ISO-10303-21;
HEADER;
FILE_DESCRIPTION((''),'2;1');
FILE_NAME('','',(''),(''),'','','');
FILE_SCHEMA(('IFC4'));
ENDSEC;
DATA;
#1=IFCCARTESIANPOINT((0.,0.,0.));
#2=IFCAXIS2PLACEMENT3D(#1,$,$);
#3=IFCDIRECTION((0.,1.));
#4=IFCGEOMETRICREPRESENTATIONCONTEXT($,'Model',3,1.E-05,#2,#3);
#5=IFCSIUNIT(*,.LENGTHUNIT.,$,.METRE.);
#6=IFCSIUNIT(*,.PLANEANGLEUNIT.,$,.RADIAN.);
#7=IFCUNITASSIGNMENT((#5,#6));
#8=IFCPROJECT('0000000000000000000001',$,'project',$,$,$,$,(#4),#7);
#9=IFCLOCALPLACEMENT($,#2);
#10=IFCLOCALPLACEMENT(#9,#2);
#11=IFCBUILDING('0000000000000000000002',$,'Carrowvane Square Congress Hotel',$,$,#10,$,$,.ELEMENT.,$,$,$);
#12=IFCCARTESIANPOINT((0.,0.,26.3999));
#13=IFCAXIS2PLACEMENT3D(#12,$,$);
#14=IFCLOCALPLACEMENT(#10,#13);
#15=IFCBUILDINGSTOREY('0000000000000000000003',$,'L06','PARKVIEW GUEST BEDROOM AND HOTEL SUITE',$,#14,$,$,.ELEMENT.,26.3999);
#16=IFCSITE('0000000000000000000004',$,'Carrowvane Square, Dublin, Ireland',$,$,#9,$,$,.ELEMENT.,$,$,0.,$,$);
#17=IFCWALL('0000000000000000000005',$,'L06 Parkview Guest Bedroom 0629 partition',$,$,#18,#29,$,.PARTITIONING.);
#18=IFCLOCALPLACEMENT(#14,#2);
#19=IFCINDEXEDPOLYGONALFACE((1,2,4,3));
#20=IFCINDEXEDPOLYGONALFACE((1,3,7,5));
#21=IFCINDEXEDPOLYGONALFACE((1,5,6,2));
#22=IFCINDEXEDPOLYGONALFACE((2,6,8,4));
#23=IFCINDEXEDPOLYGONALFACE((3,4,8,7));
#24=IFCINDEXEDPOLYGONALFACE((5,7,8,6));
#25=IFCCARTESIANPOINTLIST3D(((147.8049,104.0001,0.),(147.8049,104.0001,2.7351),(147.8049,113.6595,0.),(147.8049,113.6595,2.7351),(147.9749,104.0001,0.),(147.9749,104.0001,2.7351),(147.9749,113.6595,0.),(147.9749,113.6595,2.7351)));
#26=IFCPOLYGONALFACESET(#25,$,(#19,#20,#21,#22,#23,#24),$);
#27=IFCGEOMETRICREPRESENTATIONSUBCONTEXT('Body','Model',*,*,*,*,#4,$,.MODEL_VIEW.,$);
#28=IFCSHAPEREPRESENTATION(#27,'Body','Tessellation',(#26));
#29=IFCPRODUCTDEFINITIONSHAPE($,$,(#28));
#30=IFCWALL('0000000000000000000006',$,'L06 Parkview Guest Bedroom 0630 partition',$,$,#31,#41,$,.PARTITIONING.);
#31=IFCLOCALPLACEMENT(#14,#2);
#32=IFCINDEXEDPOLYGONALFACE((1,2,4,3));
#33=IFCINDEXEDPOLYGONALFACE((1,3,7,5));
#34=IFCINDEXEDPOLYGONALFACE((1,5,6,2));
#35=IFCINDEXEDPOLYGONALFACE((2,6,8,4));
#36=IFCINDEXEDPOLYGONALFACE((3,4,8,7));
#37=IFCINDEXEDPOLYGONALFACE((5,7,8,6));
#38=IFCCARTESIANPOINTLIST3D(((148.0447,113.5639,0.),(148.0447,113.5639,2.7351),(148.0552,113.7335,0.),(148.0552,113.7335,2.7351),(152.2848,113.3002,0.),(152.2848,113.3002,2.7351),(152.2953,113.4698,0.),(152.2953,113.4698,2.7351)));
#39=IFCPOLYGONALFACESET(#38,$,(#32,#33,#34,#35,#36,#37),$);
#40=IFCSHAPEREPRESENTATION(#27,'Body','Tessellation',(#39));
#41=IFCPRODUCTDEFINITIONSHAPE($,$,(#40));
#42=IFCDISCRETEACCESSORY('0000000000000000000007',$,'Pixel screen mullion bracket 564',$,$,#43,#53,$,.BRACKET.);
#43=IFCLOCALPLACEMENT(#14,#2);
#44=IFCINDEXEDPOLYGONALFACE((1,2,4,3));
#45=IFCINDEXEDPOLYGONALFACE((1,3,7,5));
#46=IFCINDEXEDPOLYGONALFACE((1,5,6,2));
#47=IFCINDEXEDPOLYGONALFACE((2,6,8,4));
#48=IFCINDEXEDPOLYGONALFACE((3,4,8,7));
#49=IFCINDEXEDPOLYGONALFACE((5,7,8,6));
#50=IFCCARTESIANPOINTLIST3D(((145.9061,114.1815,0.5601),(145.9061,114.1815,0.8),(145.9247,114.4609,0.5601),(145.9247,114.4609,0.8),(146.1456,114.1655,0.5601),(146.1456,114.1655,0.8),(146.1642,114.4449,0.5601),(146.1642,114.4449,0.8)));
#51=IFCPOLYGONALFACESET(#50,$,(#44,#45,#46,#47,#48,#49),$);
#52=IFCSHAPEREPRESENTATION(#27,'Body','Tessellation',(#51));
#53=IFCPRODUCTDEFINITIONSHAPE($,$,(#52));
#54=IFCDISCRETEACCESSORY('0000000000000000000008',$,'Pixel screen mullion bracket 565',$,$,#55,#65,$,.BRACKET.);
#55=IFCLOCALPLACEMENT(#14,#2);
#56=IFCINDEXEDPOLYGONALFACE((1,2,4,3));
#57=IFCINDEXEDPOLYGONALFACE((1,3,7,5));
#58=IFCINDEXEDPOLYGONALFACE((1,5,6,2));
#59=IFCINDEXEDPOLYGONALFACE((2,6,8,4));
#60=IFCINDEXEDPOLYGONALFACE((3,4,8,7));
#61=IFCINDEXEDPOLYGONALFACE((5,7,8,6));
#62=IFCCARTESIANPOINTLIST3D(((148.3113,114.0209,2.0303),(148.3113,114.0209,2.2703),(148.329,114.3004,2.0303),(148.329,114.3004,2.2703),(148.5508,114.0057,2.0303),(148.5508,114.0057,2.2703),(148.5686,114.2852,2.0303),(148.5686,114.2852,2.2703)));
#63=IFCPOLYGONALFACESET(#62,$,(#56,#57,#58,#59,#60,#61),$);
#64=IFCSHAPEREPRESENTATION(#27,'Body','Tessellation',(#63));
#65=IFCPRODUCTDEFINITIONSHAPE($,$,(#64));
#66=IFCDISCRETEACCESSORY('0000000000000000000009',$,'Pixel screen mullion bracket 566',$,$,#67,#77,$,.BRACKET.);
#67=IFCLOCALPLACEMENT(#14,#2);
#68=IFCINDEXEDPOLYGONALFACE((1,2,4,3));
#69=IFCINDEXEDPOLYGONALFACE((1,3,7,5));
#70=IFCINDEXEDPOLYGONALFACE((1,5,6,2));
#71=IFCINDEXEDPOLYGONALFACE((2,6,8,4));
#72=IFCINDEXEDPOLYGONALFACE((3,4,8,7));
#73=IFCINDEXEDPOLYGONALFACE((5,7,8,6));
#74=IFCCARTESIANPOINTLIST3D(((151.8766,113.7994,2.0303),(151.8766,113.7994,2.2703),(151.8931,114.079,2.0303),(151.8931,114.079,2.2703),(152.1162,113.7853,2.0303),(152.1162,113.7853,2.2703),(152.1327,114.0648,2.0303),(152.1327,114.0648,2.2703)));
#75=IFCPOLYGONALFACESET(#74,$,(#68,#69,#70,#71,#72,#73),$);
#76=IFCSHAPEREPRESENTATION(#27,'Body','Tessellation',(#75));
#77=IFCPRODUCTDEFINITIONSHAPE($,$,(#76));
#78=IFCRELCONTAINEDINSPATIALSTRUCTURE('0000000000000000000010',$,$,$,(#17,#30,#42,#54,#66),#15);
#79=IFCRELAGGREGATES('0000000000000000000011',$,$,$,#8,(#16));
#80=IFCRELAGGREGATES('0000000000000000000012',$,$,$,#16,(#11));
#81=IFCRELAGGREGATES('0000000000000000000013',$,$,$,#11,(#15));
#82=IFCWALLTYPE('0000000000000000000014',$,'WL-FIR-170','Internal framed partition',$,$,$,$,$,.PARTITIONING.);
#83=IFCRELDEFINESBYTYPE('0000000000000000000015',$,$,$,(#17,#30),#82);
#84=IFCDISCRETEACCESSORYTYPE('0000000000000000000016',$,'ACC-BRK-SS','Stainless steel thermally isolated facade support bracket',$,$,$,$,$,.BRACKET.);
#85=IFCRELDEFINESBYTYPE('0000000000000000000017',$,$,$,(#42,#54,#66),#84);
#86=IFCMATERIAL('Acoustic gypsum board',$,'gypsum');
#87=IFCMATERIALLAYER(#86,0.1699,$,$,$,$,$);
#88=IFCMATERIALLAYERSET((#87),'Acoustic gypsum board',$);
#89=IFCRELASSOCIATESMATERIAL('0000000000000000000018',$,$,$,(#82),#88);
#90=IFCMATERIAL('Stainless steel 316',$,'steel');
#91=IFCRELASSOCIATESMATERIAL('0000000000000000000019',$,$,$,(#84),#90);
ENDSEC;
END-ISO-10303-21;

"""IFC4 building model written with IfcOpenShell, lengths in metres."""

from ifc_helpers import new_model, si_unit, direction, frame, frame_2d, origin, origin_2d, place, context, subcontext, project, spatial, rectangle, extrude, material, layer, layer_set, type_object, element, save


model = new_model("IFC4")

# Units and contexts
model_context = context("Model", 3, precision=1e-05, world=origin(), true_north=direction((0.0, 1.0)))
body_context = subcontext(model_context, "Body", "Model", "MODEL_VIEW")
ifc_project = project(units=[si_unit("LENGTHUNIT", "METRE"), si_unit("PLANEANGLEUNIT", "RADIAN")], contexts=[model_context])

# Site, building, storey
site_placement = place(None, origin())
site = spatial("IfcSite", under=ifc_project, at=site_placement, Name="Carrowvane Square, Dublin, Ireland", CompositionType="ELEMENT", RefElevation=0.0)
building_placement = place(site_placement, origin())
building = spatial("IfcBuilding", under=site, at=building_placement, Name="Carrowvane Square Congress Hotel", CompositionType="ELEMENT")
storey_placement = place(building_placement, frame((0.0, 0.0, 26.3999)))
storey = spatial("IfcBuildingStorey", under=building, at=storey_placement, Name="L06", Description="PARKVIEW GUEST BEDROOM AND HOTEL SUITE", CompositionType="ELEMENT", Elevation=26.3999)

# Walls
ifc_material_1 = material(Name="Acoustic gypsum board", Category="gypsum")
ifc_layer_1 = layer(ifc_material_1, 0.1699)
ifc_layer_set_1 = layer_set([ifc_layer_1], Name="Acoustic gypsum board")
wall_type_1 = type_object("IfcWallType", Name="WL-FIR-170", Description="Internal framed partition", PredefinedType="PARTITIONING", material=ifc_layer_set_1)
wall_1_placement = place(storey_placement, frame((147.8899, 113.6594, 0.0), z_axis=(0.0, 0.0, 1.0), x_axis=(0.0, -1.0, 0.0)))
element("IfcWall", 1, at=wall_1_placement, inside=storey, type_object=wall_type_1, Name="L06 Parkview Guest Bedroom 0629 partition", PredefinedType="PARTITIONING", context=body_context, shape_type="SweptSolid", body=[
    extrude(rectangle(XDim=9.6594, YDim=0.1699, at=frame_2d((4.8296, 0.0))), origin(), (0.0, 0.0, 1.0), 2.7351),
])
wall_2_placement = place(storey_placement, frame((148.05, 113.6487, 0.0), z_axis=(0.0, 0.0, 1.0), x_axis=(0.998072, -0.062067, 0.0)))
element("IfcWall", 2, at=wall_2_placement, inside=storey, type_object=wall_type_1, Name="L06 Parkview Guest Bedroom 0630 partition", PredefinedType="PARTITIONING", context=body_context, shape_type="SweptSolid", body=[
    extrude(rectangle(XDim=4.2483, YDim=0.1699, at=frame_2d((2.124, 0.0))), origin(), (0.0, 0.0, 1.0), 2.7351),
])

# Discrete accessories
ifc_material_2 = material(Name="Stainless steel 316", Category="steel")
discrete_accessory_type = type_object("IfcDiscreteAccessoryType", Name="ACC-BRK-SS", Description="Stainless steel thermally isolated facade support bracket", PredefinedType="BRACKET", material=ifc_material_2)
for number, where, z_axis, x_axis, name in (
    (3, (146.0352, 114.3132, 0.5601), (0.0, 0.0, 1.0), (0.997781, -0.066574, 0.0), "Pixel screen mullion bracket 564"),
    (4, (148.4399, 114.1531, 2.0303), (0.0, 0.0, 1.0), (0.997996, -0.063277, 0.0), "Pixel screen mullion bracket 565"),
    (5, (152.0046, 113.9321, 2.0303), (0.0, 0.0, 1.0), (0.998259, -0.058985, 0.0), "Pixel screen mullion bracket 566"),
):
    element("IfcDiscreteAccessory", number, at=place(storey_placement, frame(where, z_axis=z_axis, x_axis=x_axis)), inside=storey, type_object=discrete_accessory_type, Name=name, PredefinedType="BRACKET", context=body_context, shape_type="SweptSolid", body=[
        extrude(rectangle(XDim=0.24, YDim=0.28, at=origin_2d()), origin(), (0.0, 0.0, 1.0), 0.24),
    ])

save(model, "model.ifc")
